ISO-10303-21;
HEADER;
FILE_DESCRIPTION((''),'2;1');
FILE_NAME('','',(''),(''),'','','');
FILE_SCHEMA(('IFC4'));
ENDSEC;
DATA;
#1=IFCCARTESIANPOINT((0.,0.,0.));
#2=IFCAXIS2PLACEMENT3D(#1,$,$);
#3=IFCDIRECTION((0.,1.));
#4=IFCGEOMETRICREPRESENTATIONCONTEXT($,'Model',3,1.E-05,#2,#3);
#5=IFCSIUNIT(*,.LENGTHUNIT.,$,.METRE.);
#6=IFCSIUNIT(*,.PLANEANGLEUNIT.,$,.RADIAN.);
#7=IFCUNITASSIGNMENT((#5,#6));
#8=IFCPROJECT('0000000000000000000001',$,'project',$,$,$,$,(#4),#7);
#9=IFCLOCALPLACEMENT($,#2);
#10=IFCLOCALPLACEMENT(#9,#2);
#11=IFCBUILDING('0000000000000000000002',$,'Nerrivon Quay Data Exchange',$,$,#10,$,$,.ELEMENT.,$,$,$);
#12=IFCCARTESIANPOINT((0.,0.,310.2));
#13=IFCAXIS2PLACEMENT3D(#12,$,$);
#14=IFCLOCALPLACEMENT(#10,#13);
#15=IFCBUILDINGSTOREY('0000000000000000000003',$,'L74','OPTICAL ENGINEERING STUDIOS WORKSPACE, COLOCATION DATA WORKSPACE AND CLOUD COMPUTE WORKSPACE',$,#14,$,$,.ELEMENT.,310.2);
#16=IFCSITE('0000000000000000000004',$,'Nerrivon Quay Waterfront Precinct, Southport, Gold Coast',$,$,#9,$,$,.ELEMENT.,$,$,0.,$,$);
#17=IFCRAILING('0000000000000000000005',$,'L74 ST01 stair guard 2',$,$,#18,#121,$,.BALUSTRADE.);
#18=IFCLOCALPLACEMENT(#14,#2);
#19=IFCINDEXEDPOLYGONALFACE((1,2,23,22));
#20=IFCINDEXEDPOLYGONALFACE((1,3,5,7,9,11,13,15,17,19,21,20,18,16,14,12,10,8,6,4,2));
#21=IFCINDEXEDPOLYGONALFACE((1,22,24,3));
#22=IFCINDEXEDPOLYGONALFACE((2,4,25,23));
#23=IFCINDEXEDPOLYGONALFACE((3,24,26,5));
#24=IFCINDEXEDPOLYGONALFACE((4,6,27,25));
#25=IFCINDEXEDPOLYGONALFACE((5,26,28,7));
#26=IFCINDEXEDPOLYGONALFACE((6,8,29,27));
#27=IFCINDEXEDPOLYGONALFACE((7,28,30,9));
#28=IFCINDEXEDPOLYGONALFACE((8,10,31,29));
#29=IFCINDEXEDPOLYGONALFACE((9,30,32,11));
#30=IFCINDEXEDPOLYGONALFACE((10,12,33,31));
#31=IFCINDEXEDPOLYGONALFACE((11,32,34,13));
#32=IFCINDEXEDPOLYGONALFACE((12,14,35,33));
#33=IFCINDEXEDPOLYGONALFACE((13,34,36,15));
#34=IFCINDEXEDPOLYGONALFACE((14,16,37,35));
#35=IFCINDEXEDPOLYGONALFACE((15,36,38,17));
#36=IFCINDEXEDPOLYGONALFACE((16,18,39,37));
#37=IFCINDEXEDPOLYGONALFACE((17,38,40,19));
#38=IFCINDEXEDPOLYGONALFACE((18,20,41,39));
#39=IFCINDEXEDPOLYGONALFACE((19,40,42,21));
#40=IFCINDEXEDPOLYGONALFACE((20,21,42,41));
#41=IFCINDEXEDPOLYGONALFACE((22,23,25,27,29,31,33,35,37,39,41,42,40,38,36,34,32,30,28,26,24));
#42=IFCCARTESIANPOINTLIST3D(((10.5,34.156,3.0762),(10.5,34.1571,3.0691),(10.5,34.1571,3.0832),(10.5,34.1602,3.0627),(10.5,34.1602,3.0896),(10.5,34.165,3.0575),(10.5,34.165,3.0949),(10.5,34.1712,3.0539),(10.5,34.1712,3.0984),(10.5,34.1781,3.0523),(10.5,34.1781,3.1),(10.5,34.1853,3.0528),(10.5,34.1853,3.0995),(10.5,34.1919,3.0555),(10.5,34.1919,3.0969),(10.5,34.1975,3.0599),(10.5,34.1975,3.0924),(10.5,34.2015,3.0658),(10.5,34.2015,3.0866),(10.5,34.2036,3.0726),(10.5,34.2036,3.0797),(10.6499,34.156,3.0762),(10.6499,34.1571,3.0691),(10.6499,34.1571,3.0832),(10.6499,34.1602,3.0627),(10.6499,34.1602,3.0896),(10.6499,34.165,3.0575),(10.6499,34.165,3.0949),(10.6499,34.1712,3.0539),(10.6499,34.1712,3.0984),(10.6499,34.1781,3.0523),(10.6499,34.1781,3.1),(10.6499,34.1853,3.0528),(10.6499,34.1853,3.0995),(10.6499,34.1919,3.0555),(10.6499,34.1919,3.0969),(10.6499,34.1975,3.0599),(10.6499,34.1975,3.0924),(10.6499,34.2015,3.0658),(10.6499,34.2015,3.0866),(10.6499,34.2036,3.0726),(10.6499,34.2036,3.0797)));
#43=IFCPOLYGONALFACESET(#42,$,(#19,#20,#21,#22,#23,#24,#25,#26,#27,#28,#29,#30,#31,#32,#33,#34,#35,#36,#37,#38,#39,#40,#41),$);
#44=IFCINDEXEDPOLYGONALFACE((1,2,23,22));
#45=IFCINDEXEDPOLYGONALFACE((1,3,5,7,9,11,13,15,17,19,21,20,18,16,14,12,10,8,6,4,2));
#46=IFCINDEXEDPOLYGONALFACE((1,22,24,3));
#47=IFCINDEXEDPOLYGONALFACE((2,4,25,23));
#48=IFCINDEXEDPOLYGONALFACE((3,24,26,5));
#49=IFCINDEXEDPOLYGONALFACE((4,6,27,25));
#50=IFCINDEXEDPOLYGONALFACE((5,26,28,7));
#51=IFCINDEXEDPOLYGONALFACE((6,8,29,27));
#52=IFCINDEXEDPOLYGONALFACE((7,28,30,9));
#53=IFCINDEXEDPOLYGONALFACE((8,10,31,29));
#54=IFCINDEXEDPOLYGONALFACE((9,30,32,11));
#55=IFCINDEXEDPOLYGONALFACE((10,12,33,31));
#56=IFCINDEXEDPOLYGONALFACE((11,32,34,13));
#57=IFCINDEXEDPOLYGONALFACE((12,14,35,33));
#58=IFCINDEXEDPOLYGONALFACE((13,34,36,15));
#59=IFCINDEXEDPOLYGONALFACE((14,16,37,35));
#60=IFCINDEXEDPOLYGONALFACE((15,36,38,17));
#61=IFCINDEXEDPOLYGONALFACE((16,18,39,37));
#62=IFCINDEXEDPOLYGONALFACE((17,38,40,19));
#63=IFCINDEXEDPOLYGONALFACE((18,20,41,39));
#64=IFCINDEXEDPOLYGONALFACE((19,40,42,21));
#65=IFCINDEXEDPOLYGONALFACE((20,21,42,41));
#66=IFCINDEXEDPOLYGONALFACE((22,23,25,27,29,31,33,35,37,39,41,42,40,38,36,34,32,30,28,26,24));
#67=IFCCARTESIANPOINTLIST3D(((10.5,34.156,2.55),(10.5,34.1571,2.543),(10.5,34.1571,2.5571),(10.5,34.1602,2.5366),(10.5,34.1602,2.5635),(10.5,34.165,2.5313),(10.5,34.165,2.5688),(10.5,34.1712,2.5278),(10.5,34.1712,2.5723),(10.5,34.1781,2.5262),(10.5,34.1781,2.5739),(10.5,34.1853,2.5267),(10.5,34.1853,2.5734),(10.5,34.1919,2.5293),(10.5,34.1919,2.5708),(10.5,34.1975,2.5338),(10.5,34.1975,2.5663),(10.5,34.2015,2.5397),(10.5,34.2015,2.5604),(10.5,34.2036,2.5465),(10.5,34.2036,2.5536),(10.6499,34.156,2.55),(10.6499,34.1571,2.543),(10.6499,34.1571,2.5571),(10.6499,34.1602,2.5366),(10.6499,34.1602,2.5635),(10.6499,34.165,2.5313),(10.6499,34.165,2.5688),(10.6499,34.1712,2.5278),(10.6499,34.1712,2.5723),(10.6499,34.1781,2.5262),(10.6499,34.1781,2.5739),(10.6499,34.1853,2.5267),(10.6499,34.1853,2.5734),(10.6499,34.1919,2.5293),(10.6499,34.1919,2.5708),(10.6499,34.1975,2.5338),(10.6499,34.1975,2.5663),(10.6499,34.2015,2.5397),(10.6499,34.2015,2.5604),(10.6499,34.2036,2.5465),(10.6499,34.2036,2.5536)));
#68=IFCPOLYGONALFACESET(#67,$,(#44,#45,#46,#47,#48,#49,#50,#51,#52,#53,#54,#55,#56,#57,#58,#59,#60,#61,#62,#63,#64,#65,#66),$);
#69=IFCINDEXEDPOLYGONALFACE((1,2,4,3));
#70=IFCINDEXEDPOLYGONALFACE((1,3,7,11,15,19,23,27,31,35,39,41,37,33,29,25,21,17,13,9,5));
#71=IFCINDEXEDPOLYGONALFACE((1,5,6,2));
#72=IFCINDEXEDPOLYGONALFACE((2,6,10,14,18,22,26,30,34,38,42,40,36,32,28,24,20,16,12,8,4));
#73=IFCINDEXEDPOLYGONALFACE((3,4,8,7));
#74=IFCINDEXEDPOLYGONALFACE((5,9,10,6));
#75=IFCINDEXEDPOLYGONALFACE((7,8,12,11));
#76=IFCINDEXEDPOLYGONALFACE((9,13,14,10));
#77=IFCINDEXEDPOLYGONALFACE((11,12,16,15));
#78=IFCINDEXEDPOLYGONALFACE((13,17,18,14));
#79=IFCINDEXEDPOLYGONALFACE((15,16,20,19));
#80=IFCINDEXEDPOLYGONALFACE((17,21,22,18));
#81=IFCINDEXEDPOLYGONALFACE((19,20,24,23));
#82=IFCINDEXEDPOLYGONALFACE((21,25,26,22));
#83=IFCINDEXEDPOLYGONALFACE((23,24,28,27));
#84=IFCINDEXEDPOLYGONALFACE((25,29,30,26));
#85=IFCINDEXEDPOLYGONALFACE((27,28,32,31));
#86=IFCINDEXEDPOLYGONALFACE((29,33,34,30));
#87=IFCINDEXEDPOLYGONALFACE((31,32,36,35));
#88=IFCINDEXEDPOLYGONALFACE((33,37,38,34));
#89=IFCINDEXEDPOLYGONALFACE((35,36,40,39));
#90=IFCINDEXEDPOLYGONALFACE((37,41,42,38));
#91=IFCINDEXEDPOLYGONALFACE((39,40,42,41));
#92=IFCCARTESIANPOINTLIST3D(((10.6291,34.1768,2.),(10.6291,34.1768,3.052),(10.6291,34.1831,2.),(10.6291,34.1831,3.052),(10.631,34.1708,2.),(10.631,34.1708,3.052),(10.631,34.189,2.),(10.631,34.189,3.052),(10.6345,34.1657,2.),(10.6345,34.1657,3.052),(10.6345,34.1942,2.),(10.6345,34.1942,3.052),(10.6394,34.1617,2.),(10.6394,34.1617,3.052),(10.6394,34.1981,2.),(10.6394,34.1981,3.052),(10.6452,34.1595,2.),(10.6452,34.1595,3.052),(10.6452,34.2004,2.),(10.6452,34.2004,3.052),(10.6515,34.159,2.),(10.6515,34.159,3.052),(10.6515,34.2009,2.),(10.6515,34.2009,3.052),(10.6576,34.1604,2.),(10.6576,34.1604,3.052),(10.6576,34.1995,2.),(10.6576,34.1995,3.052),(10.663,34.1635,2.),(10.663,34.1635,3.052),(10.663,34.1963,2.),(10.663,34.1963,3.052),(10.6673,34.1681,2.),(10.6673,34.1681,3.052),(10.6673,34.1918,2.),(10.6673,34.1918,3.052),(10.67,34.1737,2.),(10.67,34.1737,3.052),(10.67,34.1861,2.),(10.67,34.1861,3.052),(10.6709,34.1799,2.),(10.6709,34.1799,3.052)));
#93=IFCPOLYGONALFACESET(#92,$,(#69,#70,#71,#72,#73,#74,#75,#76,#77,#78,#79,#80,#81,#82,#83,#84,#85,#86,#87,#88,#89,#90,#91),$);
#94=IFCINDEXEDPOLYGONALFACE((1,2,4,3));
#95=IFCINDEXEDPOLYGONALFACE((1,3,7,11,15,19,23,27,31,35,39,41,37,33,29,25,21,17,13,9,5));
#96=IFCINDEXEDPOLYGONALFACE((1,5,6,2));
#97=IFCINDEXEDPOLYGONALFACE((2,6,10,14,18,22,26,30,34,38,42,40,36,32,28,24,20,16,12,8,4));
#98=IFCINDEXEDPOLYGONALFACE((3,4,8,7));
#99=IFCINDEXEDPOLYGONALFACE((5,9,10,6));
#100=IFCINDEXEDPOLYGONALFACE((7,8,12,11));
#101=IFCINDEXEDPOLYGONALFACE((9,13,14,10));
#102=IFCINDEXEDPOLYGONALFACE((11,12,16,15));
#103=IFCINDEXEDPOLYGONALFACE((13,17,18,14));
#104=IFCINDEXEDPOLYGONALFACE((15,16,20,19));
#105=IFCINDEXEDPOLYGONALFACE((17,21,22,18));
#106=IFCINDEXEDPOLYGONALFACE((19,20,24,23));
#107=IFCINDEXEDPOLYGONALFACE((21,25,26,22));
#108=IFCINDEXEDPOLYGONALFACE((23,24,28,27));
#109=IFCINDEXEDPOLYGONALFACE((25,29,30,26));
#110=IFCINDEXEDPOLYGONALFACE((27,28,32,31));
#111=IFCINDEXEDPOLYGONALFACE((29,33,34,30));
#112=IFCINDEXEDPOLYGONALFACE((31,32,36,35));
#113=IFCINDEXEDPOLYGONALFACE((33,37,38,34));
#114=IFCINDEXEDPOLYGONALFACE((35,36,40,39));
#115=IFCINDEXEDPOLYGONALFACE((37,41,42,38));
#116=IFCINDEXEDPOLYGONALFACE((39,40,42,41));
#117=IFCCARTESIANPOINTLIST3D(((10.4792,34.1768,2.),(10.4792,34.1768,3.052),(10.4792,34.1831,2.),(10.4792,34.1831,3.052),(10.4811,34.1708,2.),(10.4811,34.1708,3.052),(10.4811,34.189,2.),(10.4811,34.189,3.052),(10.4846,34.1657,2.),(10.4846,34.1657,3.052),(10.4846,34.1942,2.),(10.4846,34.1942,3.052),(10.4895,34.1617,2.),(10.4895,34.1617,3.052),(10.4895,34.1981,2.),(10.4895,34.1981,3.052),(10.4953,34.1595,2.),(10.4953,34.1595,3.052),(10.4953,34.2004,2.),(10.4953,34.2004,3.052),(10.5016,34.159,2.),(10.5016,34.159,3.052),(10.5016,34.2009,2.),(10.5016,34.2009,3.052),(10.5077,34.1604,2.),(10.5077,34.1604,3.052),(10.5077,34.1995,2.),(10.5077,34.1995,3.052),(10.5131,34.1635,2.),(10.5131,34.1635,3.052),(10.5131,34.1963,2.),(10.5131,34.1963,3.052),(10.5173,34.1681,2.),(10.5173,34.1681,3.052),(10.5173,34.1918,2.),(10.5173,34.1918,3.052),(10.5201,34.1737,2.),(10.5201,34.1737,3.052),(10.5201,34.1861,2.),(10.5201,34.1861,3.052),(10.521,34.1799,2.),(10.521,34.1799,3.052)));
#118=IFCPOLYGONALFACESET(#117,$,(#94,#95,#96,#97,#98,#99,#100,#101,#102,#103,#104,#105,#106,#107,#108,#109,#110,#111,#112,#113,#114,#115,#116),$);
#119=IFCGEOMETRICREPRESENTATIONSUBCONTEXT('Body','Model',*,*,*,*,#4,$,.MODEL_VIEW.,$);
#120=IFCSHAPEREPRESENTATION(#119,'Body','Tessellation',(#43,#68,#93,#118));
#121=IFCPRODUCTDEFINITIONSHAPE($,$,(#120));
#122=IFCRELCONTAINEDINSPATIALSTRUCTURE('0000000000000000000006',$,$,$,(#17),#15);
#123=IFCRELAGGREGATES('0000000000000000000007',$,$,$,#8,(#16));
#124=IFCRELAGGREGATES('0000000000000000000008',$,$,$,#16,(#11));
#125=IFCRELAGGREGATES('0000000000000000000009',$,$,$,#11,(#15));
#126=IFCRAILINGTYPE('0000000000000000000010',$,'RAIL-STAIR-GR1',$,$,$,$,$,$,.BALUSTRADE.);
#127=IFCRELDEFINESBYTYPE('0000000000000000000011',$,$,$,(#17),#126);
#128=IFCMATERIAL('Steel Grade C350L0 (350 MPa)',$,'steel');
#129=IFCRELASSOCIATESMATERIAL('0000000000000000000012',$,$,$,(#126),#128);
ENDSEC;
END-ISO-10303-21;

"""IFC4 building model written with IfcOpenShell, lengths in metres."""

from ifc_helpers import new_model, si_unit, direction, frame, origin, origin_2d, place, context, subcontext, project, spatial, circle, extrude, material, type_object, element, save


model = new_model("IFC4")

# Units and contexts
model_context = context("Model", 3, precision=1e-05, world=origin(), true_north=direction((0.0, 1.0)))
body_context = subcontext(model_context, "Body", "Model", "MODEL_VIEW")
ifc_project = project(units=[si_unit("LENGTHUNIT", "METRE"), si_unit("PLANEANGLEUNIT", "RADIAN")], contexts=[model_context])

# Site, building, storey
site_placement = place(None, origin())
site = spatial("IfcSite", under=ifc_project, at=site_placement, Name="Nerrivon Quay Waterfront Precinct, Southport, Gold Coast", CompositionType="ELEMENT", RefElevation=0.0)
building_placement = place(site_placement, origin())
building = spatial("IfcBuilding", under=site, at=building_placement, Name="Nerrivon Quay Data Exchange", CompositionType="ELEMENT")
storey_placement = place(building_placement, frame((0.0, 0.0, 310.2)))
storey = spatial("IfcBuildingStorey", under=building, at=storey_placement, Name="L74", Description="OPTICAL ENGINEERING STUDIOS WORKSPACE, COLOCATION DATA WORKSPACE AND CLOUD COMPUTE WORKSPACE", CompositionType="ELEMENT", Elevation=310.2)

# Shared definitions
ifc_material_1 = material(Name="Steel Grade C350L0 (350 MPa)", Category="steel")

# Railing
railing_type_1 = type_object("IfcRailingType", Name="RAIL-STAIR-GR1", PredefinedType="BALUSTRADE", material=ifc_material_1)
railing_1_placement = place(storey_placement, frame((10.6499, 34.1799, 2.0)))
element("IfcRailing", 1, at=railing_1_placement, inside=storey, type_object=railing_type_1, Name="L74 ST01 stair guard 2", PredefinedType="BALUSTRADE", context=body_context, shape_type="SweptSolid", body=[
    extrude(circle(Radius=0.0239, at=origin_2d()), frame((0.0, 0.0, 1.0762), z_axis=(-1.0, 0.0, 0.0), x_axis=(0.0, -1.0, 0.0)), (0.0, 0.0, 1.0), 0.1499),
    extrude(circle(Radius=0.0239, at=origin_2d()), frame((0.0, 0.0, 0.55), z_axis=(-1.0, 0.0, 0.0), x_axis=(0.0, -1.0, 0.0)), (0.0, 0.0, 1.0), 0.1499),
    extrude(circle(Radius=0.021, at=origin_2d()), origin(), (0.0, 0.0, 1.0), 1.052),
    extrude(circle(Radius=0.021, at=origin_2d()), frame((-0.1499, 0.0, 0.0)), (0.0, 0.0, 1.0), 1.052),
])

save(model, "model.ifc")
